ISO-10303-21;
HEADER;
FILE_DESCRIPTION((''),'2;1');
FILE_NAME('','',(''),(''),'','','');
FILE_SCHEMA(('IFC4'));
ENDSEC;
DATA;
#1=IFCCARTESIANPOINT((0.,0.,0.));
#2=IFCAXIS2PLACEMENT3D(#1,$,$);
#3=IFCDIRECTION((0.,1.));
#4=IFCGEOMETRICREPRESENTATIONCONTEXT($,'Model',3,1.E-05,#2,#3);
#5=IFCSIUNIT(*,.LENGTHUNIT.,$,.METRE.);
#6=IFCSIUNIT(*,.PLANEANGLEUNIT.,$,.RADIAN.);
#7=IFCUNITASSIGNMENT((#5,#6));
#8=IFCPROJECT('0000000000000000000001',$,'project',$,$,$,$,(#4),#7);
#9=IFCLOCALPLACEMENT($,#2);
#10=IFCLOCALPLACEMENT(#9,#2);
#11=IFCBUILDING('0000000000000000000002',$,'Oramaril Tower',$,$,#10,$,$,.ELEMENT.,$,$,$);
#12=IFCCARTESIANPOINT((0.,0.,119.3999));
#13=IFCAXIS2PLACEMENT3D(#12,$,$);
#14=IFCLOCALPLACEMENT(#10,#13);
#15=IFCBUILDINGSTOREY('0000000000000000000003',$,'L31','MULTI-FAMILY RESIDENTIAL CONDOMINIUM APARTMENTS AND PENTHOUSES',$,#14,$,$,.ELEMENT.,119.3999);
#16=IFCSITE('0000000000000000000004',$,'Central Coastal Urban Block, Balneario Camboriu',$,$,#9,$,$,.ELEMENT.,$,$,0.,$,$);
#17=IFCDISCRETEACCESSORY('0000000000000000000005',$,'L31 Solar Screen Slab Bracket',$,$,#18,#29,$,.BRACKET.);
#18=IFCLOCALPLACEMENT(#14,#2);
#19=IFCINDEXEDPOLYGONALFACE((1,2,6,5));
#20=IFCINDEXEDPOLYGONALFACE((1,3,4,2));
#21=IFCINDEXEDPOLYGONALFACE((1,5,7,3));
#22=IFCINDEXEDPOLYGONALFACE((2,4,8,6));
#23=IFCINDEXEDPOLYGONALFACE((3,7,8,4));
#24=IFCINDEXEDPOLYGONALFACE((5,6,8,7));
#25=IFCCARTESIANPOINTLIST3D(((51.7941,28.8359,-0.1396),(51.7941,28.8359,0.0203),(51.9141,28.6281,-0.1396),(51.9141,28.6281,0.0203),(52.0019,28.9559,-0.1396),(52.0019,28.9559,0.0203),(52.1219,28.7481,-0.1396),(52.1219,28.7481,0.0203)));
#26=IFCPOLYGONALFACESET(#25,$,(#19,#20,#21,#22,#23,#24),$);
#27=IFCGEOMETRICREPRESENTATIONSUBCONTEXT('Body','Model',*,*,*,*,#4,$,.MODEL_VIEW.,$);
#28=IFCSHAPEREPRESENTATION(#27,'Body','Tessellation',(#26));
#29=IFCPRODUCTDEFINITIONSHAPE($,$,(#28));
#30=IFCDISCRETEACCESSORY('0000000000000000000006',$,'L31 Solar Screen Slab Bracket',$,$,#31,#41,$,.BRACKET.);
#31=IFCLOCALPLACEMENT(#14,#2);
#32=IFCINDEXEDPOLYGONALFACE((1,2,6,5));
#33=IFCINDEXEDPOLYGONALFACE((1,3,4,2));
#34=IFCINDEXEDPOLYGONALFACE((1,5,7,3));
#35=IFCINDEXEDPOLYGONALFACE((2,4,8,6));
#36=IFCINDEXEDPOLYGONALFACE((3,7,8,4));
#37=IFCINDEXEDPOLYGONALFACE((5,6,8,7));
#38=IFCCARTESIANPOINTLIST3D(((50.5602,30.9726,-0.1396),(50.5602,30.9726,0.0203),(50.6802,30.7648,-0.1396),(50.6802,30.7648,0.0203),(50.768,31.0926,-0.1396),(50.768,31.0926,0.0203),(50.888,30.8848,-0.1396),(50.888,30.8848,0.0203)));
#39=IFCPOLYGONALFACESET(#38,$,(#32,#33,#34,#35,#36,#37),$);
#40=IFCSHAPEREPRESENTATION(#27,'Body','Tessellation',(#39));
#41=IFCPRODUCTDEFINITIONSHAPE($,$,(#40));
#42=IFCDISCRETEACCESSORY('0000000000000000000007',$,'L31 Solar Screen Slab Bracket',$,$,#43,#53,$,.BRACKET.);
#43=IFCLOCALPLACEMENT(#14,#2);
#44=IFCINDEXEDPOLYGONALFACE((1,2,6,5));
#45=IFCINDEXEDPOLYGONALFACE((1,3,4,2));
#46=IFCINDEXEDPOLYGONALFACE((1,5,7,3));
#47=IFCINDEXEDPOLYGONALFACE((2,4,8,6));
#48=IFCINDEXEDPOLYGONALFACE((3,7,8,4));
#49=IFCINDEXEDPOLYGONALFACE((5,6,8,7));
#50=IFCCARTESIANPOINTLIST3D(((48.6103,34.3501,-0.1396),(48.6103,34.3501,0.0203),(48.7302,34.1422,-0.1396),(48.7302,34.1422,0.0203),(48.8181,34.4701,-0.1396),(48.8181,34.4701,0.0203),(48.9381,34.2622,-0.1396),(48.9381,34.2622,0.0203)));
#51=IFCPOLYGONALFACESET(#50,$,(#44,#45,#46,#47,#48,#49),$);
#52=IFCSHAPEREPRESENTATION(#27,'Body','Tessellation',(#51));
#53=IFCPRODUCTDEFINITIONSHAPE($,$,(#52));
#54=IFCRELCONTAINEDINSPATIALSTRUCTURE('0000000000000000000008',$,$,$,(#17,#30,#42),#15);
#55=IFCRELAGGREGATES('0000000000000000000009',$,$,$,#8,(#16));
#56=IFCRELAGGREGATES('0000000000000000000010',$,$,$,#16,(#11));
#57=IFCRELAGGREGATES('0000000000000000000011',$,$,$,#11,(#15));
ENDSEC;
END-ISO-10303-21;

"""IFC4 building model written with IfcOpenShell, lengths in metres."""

from ifc_helpers import new_model, si_unit, direction, frame, origin, origin_2d, place, context, subcontext, project, spatial, rectangle, extrude, element, save


model = new_model("IFC4")

# Units and contexts
model_context = context("Model", 3, precision=1e-05, world=origin(), true_north=direction((0.0, 1.0)))
body_context = subcontext(model_context, "Body", "Model", "MODEL_VIEW")
ifc_project = project(units=[si_unit("LENGTHUNIT", "METRE"), si_unit("PLANEANGLEUNIT", "RADIAN")], contexts=[model_context])

# Site, building, storey
site_placement = place(None, origin())
site = spatial("IfcSite", under=ifc_project, at=site_placement, Name="Central Coastal Urban Block, Balneario Camboriu", CompositionType="ELEMENT", RefElevation=0.0)
building_placement = place(site_placement, origin())
building = spatial("IfcBuilding", under=site, at=building_placement, Name="Oramaril Tower", CompositionType="ELEMENT")
storey_placement = place(building_placement, frame((0.0, 0.0, 119.3999)))
storey = spatial("IfcBuildingStorey", under=building, at=storey_placement, Name="L31", Description="MULTI-FAMILY RESIDENTIAL CONDOMINIUM APARTMENTS AND PENTHOUSES", CompositionType="ELEMENT", Elevation=119.3999)

# Discrete accessories
for number, where, z_axis, x_axis, name in (
    (1, (51.958, 28.792, -0.1396), (0.0, 0.0, 1.0), (-0.5, 0.866025, 0.0), "L31 Solar Screen Slab Bracket"),
    (2, (50.7241, 30.9287, -0.1396), (0.0, 0.0, 1.0), (-0.5, 0.866025, 0.0), "L31 Solar Screen Slab Bracket"),
    (3, (48.7742, 34.3062, -0.1396), (0.0, 0.0, 1.0), (-0.5, 0.866025, 0.0), "L31 Solar Screen Slab Bracket"),
):
    element("IfcDiscreteAccessory", number, at=place(storey_placement, frame(where, z_axis=z_axis, x_axis=x_axis)), inside=storey, Name=name, PredefinedType="BRACKET", context=body_context, shape_type="SweptSolid", body=[
        extrude(rectangle(XDim=0.24, YDim=0.24, at=origin_2d()), origin(), (0.0, 0.0, 1.0), 0.1599),
    ])

save(model, "model.ifc")
